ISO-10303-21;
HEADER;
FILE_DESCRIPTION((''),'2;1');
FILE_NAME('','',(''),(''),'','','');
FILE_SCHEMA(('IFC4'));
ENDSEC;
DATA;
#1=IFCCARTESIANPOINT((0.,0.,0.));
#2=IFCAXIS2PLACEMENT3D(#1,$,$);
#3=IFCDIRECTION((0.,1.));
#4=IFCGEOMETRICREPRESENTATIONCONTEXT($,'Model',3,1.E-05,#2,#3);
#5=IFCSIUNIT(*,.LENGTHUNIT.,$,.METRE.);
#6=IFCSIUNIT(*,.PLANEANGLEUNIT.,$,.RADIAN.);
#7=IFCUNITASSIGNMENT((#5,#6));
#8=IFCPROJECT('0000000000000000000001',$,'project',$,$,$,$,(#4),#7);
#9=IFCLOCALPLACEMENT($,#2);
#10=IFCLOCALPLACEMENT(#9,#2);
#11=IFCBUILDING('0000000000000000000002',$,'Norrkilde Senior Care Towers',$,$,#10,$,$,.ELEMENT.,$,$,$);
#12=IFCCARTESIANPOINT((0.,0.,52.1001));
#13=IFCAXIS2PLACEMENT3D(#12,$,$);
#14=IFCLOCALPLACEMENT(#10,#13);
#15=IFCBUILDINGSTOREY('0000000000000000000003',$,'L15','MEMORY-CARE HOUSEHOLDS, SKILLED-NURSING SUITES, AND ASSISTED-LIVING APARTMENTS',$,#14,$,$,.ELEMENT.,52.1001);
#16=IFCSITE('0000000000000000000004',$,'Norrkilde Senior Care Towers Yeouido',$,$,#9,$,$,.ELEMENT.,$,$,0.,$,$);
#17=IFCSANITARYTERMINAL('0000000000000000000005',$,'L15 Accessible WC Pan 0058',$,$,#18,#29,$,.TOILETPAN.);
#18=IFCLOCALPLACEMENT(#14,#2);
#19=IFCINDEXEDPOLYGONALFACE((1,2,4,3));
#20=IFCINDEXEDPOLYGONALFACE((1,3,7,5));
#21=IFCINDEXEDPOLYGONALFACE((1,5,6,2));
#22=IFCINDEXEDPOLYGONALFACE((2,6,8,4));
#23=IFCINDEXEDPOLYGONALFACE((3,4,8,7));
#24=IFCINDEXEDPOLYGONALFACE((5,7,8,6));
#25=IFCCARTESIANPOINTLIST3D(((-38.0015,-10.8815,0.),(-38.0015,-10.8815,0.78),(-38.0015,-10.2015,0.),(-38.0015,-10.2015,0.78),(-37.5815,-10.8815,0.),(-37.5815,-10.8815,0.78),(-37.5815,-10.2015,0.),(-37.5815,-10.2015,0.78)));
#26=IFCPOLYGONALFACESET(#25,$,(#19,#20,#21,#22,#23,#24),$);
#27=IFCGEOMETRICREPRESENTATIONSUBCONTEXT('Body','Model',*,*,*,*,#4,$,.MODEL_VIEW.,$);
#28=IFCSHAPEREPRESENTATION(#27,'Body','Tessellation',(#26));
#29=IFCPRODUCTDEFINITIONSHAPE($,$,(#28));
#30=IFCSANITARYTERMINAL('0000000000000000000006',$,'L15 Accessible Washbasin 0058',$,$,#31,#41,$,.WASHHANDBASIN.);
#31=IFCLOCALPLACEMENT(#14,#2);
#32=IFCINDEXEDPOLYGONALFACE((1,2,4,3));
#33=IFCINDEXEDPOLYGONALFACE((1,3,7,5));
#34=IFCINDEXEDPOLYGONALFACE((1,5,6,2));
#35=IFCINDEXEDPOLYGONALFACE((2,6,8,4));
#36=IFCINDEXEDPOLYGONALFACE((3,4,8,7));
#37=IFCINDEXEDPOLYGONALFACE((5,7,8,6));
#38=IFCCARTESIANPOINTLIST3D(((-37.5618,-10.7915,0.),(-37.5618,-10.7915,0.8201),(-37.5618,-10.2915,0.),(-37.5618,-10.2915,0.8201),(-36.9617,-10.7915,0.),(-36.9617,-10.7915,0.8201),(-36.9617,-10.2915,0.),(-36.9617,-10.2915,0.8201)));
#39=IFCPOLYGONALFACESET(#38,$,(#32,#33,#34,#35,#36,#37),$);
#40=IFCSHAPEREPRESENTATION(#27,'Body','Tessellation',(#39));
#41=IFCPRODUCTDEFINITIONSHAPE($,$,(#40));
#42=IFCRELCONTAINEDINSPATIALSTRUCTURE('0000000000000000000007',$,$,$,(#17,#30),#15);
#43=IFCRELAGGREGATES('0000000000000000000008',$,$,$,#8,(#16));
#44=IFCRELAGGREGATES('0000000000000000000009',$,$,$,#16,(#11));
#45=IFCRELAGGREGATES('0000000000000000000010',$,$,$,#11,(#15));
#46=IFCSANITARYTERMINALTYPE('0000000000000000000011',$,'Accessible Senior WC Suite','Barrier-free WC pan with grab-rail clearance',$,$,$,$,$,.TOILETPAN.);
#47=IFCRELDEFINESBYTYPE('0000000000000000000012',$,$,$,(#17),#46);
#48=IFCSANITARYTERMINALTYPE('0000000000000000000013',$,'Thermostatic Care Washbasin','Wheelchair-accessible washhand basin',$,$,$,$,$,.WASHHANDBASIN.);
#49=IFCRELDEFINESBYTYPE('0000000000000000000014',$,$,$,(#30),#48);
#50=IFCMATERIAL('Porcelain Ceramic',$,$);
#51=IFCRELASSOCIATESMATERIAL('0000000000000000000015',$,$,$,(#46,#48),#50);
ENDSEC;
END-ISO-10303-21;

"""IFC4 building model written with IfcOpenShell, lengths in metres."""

from ifc_helpers import new_model, si_unit, direction, frame, origin, origin_2d, place, context, subcontext, project, spatial, rectangle, extrude, source, transform, mapped, material, type_object, type_shapes, element, save


model = new_model("IFC4")

# Units and contexts
model_context = context("Model", 3, precision=1e-05, world=origin(), true_north=direction((0.0, 1.0)))
body_context = subcontext(model_context, "Body", "Model", "MODEL_VIEW")
ifc_project = project(units=[si_unit("LENGTHUNIT", "METRE"), si_unit("PLANEANGLEUNIT", "RADIAN")], contexts=[model_context])

# Site, building, storey
site_placement = place(None, origin())
site = spatial("IfcSite", under=ifc_project, at=site_placement, Name="Norrkilde Senior Care Towers Yeouido", CompositionType="ELEMENT", RefElevation=0.0)
building_placement = place(site_placement, origin())
building = spatial("IfcBuilding", under=site, at=building_placement, Name="Norrkilde Senior Care Towers", CompositionType="ELEMENT")
storey_placement = place(building_placement, frame((0.0, 0.0, 52.1001)))
storey = spatial("IfcBuildingStorey", under=building, at=storey_placement, Name="L15", Description="MEMORY-CARE HOUSEHOLDS, SKILLED-NURSING SUITES, AND ASSISTED-LIVING APARTMENTS", CompositionType="ELEMENT", Elevation=52.1001)

# Sanitary terminals
ifc_material_1 = material(Name="Porcelain Ceramic")
sanitary_terminal_type_1 = type_object("IfcSanitaryTerminalType", Name="Accessible Senior WC Suite", Description="Barrier-free WC pan with grab-rail clearance", PredefinedType="TOILETPAN", material=ifc_material_1)
shared_shape_1 = source(origin(), body_context, "Body", "SweptSolid", [
    extrude(rectangle(XDim=0.4199, YDim=0.6799, at=origin_2d()), origin(), (0.0, 0.0, 1.0), 0.78),
])
type_shapes(sanitary_terminal_type_1, [shared_shape_1])
sanitary_terminal_1_placement = place(storey_placement, frame((-37.7915, -10.5415, 0.0), z_axis=(0.0, 0.0, 1.0), x_axis=(1.0, 0.0, 0.0)))
element("IfcSanitaryTerminal", 1, at=sanitary_terminal_1_placement, inside=storey, type_object=sanitary_terminal_type_1, Name="L15 Accessible WC Pan 0058", PredefinedType="TOILETPAN", context=body_context, shape_type="MappedRepresentation", body=[
    mapped(shared_shape_1, transform((0.0, 0.0, 0.0), x_axis=(1.0, 0.0, 0.0), y_axis=(0.0, 1.0, 0.0), z_axis=(0.0, 0.0, 1.0), scale=1.0)),
])
sanitary_terminal_type_2 = type_object("IfcSanitaryTerminalType", Name="Thermostatic Care Washbasin", Description="Wheelchair-accessible washhand basin", PredefinedType="WASHHANDBASIN", material=ifc_material_1)
shared_shape_2 = source(origin(), body_context, "Body", "SweptSolid", [
    extrude(rectangle(XDim=0.6001, YDim=0.5, at=origin_2d()), origin(), (0.0, 0.0, 1.0), 0.8201),
])
type_shapes(sanitary_terminal_type_2, [shared_shape_2])
sanitary_terminal_2_placement = place(storey_placement, frame((-37.2617, -10.5415, 0.0), z_axis=(0.0, 0.0, 1.0), x_axis=(1.0, 0.0, 0.0)))
element("IfcSanitaryTerminal", 2, at=sanitary_terminal_2_placement, inside=storey, type_object=sanitary_terminal_type_2, Name="L15 Accessible Washbasin 0058", PredefinedType="WASHHANDBASIN", context=body_context, shape_type="MappedRepresentation", body=[
    mapped(shared_shape_2, transform((0.0, 0.0, 0.0), x_axis=(1.0, 0.0, 0.0), y_axis=(0.0, 1.0, 0.0), z_axis=(0.0, 0.0, 1.0), scale=1.0)),
])

save(model, "model.ifc")
